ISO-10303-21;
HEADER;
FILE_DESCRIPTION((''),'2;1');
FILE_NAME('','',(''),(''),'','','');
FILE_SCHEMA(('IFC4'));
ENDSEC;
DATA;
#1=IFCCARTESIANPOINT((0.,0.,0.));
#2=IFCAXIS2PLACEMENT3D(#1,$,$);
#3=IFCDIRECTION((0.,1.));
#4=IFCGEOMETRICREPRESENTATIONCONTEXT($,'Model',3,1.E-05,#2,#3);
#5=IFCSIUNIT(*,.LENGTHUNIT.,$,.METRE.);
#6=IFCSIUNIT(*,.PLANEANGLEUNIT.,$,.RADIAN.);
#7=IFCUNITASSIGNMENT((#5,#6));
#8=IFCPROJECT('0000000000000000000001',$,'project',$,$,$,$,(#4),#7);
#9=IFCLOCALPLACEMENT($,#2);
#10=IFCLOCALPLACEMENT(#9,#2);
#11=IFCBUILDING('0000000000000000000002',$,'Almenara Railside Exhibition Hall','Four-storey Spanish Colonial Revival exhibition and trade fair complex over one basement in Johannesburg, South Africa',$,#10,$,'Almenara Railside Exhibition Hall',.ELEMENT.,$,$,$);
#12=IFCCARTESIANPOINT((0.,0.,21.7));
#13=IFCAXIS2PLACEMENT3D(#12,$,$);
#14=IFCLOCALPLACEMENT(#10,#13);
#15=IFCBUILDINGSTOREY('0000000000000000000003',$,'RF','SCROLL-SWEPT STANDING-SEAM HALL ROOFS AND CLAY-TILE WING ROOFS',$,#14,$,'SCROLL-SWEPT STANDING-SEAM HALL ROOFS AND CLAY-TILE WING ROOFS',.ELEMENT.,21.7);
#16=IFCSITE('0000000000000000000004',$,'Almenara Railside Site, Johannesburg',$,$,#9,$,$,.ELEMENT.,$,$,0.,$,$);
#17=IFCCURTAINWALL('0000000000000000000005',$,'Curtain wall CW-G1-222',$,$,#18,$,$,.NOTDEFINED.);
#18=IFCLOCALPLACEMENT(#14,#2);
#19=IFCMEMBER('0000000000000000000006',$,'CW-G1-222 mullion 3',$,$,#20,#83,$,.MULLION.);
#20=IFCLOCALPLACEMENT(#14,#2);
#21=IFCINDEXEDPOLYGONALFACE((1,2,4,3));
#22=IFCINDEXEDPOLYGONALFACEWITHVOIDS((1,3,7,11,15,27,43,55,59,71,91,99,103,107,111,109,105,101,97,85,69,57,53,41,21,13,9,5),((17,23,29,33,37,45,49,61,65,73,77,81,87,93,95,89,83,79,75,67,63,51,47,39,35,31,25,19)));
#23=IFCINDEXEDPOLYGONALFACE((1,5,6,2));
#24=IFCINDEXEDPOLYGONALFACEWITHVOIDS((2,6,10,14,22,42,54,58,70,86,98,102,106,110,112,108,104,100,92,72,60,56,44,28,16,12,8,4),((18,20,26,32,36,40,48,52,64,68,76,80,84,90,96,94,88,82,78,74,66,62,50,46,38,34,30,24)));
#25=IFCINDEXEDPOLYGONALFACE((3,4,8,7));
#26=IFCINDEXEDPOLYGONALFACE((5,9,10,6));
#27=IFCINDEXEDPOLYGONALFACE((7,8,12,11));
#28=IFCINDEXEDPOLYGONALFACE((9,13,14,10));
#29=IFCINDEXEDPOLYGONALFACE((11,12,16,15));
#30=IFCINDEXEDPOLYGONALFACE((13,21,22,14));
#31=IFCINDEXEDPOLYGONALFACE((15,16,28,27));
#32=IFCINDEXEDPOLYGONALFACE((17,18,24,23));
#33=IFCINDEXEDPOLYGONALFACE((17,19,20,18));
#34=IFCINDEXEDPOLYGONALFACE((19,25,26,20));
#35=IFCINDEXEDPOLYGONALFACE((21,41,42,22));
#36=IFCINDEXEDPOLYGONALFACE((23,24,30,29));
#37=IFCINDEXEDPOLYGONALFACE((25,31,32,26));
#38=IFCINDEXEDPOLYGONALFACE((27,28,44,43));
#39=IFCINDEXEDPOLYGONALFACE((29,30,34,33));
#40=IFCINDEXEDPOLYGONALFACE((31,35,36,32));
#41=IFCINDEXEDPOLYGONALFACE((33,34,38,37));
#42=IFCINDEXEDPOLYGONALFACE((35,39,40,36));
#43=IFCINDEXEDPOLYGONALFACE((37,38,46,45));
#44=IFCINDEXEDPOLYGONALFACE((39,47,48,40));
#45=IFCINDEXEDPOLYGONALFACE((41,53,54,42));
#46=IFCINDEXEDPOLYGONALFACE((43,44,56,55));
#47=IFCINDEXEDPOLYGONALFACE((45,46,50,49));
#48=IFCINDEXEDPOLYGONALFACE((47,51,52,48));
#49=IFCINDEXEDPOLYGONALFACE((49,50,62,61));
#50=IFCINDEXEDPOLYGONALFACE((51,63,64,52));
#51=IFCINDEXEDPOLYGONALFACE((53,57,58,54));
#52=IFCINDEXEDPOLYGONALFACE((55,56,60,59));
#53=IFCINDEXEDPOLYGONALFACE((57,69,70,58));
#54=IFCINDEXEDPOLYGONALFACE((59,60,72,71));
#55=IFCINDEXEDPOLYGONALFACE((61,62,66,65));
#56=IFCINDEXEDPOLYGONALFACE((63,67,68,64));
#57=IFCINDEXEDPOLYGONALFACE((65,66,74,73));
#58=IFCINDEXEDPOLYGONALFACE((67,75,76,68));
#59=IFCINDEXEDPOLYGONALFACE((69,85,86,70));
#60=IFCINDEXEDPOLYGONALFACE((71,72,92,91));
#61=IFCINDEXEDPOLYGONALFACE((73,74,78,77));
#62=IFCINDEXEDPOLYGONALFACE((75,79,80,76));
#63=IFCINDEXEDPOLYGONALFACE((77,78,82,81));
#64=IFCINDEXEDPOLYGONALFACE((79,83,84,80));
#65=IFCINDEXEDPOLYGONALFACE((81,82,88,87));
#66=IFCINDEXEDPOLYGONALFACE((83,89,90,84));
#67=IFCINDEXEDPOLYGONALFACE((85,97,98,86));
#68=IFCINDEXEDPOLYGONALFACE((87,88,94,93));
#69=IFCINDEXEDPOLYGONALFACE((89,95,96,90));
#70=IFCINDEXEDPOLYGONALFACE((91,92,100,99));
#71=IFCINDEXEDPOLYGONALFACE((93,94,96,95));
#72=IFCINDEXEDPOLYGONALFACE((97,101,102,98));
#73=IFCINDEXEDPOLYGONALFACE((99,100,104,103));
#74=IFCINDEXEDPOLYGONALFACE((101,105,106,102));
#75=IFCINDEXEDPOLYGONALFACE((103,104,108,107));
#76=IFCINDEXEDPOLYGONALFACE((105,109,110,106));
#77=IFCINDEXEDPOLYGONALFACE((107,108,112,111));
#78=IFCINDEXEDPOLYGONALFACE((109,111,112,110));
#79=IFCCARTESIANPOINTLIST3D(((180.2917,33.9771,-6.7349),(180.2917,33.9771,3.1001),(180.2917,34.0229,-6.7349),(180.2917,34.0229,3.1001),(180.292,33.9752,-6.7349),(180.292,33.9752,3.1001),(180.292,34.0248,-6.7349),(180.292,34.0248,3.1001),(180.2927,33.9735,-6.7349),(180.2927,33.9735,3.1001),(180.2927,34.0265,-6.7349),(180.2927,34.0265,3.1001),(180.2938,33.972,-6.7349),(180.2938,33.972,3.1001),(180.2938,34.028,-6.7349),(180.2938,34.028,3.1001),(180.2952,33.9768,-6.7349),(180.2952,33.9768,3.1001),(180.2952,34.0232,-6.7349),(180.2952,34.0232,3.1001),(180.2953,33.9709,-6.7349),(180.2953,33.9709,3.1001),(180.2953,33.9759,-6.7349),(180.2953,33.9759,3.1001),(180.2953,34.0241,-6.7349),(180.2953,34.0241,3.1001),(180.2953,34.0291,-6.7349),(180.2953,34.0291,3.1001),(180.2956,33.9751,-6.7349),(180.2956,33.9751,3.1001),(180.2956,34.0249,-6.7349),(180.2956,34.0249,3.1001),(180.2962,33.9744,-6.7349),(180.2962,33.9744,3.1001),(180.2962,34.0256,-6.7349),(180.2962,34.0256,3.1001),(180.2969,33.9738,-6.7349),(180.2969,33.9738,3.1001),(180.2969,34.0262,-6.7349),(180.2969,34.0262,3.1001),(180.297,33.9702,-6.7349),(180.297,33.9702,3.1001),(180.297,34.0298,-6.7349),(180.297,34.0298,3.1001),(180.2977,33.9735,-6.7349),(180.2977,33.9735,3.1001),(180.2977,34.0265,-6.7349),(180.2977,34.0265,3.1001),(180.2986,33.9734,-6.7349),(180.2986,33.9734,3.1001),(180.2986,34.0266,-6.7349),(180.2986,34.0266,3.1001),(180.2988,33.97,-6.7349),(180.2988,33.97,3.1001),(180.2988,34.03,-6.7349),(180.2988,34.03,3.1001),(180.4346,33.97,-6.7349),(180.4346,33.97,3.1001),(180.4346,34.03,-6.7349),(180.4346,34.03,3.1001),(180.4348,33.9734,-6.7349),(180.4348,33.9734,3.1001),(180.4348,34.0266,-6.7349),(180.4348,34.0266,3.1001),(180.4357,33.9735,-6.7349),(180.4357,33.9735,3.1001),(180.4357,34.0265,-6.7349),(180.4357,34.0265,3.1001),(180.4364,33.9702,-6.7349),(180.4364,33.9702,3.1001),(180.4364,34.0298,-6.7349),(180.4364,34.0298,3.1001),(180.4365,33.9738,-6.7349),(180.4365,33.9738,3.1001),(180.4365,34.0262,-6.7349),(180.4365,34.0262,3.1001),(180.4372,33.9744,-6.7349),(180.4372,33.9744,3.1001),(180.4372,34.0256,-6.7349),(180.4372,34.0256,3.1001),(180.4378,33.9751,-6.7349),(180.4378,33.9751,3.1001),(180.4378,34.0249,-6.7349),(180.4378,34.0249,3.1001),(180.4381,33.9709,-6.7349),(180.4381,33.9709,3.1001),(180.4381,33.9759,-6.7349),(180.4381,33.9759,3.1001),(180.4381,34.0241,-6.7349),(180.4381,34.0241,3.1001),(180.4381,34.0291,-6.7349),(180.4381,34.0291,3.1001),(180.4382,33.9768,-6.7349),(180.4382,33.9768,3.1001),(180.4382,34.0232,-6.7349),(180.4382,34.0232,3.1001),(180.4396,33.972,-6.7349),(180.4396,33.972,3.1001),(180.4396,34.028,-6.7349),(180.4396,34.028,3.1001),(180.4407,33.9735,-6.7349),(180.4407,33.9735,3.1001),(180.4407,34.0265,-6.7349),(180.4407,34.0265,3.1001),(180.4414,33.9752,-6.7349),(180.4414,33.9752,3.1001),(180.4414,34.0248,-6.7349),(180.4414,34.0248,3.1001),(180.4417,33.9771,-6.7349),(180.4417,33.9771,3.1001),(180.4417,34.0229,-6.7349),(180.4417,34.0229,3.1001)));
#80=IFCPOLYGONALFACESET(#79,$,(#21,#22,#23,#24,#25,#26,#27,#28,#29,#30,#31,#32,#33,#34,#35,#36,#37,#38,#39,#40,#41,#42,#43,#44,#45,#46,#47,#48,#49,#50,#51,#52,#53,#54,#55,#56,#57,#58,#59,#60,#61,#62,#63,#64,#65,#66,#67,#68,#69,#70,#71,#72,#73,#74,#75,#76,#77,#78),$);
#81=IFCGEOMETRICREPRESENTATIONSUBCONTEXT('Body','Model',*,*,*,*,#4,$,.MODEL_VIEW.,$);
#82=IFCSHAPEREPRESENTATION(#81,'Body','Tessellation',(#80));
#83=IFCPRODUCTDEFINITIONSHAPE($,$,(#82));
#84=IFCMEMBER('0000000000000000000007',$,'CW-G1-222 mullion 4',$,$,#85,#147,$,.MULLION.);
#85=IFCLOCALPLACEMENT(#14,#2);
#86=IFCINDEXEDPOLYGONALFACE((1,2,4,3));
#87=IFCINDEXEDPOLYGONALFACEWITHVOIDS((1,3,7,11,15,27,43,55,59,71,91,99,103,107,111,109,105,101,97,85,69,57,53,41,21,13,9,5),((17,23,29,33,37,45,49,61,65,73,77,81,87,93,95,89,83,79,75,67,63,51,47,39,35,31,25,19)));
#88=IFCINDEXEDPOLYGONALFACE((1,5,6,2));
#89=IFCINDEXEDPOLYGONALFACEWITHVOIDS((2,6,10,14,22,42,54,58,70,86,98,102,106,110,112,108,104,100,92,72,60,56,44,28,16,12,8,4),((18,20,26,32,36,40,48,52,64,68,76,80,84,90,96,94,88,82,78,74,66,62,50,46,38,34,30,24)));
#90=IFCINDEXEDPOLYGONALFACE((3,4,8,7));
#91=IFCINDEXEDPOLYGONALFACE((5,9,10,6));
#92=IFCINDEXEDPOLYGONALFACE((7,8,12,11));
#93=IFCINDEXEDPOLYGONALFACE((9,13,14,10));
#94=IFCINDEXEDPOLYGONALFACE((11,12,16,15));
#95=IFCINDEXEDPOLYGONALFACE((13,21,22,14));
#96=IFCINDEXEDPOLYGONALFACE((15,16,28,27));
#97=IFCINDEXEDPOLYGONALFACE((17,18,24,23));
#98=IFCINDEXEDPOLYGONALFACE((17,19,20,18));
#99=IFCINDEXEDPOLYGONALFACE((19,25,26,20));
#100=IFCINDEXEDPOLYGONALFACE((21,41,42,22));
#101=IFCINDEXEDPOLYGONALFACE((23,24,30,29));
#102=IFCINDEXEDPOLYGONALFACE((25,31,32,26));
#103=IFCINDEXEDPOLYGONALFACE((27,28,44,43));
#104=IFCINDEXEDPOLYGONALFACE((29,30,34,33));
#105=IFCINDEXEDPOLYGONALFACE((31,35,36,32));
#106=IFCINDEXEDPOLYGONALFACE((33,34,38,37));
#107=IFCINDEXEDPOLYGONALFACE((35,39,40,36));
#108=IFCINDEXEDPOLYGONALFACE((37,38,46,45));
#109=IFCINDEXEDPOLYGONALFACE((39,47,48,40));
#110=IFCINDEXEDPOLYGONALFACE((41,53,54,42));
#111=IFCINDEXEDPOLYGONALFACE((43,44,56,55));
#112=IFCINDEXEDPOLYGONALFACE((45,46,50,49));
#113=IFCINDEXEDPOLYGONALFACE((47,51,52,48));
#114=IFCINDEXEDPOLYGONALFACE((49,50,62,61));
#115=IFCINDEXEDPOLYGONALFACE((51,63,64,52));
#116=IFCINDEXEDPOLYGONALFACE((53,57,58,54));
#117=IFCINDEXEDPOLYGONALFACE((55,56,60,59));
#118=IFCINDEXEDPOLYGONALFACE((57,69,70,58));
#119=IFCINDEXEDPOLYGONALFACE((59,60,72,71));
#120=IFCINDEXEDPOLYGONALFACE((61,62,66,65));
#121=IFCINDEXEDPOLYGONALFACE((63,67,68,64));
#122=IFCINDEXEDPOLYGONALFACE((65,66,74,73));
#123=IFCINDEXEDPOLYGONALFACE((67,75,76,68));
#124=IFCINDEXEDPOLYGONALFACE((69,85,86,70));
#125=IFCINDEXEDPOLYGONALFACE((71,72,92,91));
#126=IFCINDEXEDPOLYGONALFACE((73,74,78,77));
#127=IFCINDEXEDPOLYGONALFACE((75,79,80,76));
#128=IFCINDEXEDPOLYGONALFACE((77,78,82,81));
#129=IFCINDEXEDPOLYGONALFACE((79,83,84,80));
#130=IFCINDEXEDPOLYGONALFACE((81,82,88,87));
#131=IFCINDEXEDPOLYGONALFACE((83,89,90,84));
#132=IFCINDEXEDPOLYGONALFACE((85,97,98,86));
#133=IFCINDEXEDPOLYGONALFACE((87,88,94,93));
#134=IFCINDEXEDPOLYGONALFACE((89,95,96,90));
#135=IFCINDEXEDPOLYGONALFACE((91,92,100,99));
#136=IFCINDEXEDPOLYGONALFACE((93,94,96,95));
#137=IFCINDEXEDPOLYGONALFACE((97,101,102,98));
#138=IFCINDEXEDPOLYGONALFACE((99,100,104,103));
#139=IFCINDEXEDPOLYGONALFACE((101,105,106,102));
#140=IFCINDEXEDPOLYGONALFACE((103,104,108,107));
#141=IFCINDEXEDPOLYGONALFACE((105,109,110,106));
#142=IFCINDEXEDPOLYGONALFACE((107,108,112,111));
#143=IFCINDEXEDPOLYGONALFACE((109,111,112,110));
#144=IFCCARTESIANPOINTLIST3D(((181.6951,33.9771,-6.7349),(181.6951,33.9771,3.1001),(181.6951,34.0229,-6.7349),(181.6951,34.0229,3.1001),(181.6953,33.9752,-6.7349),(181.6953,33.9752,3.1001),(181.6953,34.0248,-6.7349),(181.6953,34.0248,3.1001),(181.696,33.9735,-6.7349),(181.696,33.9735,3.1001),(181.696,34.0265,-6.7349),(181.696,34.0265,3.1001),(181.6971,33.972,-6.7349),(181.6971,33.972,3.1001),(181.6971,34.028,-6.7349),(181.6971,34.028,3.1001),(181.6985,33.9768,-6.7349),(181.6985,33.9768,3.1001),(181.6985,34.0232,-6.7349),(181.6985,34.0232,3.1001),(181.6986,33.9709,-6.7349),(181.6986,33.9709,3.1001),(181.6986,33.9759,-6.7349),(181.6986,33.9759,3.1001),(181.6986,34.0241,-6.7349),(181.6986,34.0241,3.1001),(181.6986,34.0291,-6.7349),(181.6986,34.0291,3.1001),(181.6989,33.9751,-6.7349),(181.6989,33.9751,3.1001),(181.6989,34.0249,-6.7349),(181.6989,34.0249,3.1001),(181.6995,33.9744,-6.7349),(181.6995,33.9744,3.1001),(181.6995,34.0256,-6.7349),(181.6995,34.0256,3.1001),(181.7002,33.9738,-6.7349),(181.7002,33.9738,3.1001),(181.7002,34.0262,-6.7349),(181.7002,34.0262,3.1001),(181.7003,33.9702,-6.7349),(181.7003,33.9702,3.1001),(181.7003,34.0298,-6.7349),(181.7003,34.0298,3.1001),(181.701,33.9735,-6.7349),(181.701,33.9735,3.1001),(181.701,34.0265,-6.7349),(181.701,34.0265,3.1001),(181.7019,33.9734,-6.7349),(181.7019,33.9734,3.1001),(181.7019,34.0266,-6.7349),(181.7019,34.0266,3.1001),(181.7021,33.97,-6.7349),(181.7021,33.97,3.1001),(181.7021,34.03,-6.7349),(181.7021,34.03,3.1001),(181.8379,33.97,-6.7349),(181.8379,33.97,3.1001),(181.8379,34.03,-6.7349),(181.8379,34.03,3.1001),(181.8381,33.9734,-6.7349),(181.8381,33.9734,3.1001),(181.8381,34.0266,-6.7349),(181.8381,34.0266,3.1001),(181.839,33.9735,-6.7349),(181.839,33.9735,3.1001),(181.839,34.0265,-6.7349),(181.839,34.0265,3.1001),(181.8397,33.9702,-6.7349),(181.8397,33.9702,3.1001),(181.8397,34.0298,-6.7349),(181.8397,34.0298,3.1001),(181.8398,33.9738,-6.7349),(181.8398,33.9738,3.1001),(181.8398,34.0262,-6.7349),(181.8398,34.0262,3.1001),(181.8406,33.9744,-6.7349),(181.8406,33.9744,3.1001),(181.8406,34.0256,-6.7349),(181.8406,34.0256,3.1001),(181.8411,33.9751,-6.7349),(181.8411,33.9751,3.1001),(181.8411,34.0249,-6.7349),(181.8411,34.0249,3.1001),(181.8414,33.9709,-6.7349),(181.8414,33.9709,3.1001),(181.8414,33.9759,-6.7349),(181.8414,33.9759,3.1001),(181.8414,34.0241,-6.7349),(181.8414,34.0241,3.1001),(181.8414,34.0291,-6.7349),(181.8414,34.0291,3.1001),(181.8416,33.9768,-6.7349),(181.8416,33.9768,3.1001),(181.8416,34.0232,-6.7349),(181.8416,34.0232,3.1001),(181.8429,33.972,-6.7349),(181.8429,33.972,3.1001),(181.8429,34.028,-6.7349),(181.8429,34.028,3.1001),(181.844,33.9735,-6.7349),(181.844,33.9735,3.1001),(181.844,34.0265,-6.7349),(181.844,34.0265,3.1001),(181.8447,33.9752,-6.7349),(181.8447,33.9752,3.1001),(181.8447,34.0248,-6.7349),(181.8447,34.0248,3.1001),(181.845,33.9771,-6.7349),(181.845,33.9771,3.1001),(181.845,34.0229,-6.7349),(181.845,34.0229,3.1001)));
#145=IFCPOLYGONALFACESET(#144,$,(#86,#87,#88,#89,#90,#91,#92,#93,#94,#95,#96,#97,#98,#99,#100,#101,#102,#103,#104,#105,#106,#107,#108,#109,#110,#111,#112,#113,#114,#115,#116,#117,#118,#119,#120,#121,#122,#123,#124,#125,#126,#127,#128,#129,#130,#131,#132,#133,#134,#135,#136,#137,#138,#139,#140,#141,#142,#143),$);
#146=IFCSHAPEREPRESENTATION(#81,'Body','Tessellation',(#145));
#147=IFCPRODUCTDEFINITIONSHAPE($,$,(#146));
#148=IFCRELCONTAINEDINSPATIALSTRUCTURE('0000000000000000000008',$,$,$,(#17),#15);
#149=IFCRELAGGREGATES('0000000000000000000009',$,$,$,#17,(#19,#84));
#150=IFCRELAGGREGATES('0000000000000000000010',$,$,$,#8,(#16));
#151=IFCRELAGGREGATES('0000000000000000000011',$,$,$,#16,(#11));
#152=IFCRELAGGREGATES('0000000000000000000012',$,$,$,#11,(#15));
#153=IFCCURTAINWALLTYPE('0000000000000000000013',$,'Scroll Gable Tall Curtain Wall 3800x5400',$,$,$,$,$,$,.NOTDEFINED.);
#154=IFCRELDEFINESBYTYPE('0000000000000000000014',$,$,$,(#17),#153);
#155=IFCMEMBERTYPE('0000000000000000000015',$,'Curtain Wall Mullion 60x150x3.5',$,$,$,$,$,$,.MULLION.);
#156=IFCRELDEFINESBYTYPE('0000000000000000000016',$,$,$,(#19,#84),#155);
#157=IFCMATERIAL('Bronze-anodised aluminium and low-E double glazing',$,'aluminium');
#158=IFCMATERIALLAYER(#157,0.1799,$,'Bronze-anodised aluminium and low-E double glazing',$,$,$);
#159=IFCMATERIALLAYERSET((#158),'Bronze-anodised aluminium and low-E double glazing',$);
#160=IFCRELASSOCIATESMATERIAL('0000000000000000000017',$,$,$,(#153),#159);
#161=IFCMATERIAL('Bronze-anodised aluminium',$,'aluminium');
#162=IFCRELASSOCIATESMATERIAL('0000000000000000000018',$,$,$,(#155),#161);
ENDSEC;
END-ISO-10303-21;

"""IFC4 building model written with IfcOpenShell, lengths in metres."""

from ifc_helpers import new_model, si_unit, direction, frame, origin, origin_2d, place, context, subcontext, project, spatial, hollow_rectangle, extrude, material, layer, layer_set, material_profile, profile_set, type_object, element, aggregate, save


model = new_model("IFC4")

# Units and contexts
model_context = context("Model", 3, precision=1e-05, world=origin(), true_north=direction((0.0, 1.0)))
body_context = subcontext(model_context, "Body", "Model", "MODEL_VIEW")
ifc_project = project(units=[si_unit("LENGTHUNIT", "METRE"), si_unit("PLANEANGLEUNIT", "RADIAN")], contexts=[model_context])

# Site, building, storey
site_placement = place(None, origin())
site = spatial("IfcSite", under=ifc_project, at=site_placement, Name="Almenara Railside Site, Johannesburg", CompositionType="ELEMENT", RefElevation=0.0)
building_placement = place(site_placement, origin())
building = spatial("IfcBuilding", under=site, at=building_placement, Name="Almenara Railside Exhibition Hall", Description="Four-storey Spanish Colonial Revival exhibition and trade fair complex over one basement in Johannesburg, South Africa", LongName="Almenara Railside Exhibition Hall", CompositionType="ELEMENT")
storey_placement = place(building_placement, frame((0.0, 0.0, 21.7)))
storey = spatial("IfcBuildingStorey", under=building, at=storey_placement, Name="RF", Description="SCROLL-SWEPT STANDING-SEAM HALL ROOFS AND CLAY-TILE WING ROOFS", LongName="SCROLL-SWEPT STANDING-SEAM HALL ROOFS AND CLAY-TILE WING ROOFS", CompositionType="ELEMENT", Elevation=21.7)

# Curtain wall, members
ifc_material_1 = material(Name="Bronze-anodised aluminium and low-E double glazing", Category="aluminium")
ifc_layer_1 = layer(ifc_material_1, 0.1799, Name="Bronze-anodised aluminium and low-E double glazing")
ifc_layer_set_1 = layer_set([ifc_layer_1], Name="Bronze-anodised aluminium and low-E double glazing")
curtain_wall_type = type_object("IfcCurtainWallType", Name="Scroll Gable Tall Curtain Wall 3800x5400", PredefinedType="NOTDEFINED", material=ifc_layer_set_1)
curtain_wall_1_placement = place(storey_placement, origin())
curtain_wall_1 = element("IfcCurtainWall", 1, at=curtain_wall_1_placement, inside=storey, type_object=curtain_wall_type, Name="Curtain wall CW-G1-222", PredefinedType="NOTDEFINED")
ifc_material_2 = material(Name="Bronze-anodised aluminium", Category="aluminium")
ifc_material_profile_1 = material_profile(ifc_material_2, hollow_rectangle(XDim=0.0601, YDim=0.1499, WallThickness=0.0034, InnerFilletRadius=0.0034, OuterFilletRadius=0.0071, at=origin_2d()), Name="ALU-MUL 60x150x3.5")
ifc_profile_set_1 = profile_set([ifc_material_profile_1], Name="Bronze-anodised aluminium")
member_type_1 = type_object("IfcMemberType", Name="Curtain Wall Mullion 60x150x3.5", PredefinedType="MULLION", material=ifc_profile_set_1)
member_1_placement = place(storey_placement, frame((180.3667, 34.0, -6.7349), z_axis=(0.0, 0.0, 1.0), x_axis=(0.0, 1.0, 0.0)))
member_1 = element("IfcMember", 2, at=member_1_placement, type_object=member_type_1, Name="CW-G1-222 mullion 3", PredefinedType="MULLION", context=body_context, shape_type="SweptSolid", body=[
    extrude(hollow_rectangle(XDim=0.0601, YDim=0.1499, WallThickness=0.0034, InnerFilletRadius=0.0034, OuterFilletRadius=0.0071, at=origin_2d()), origin(), (0.0, 0.0, 1.0), 9.835),
])
member_2_placement = place(storey_placement, frame((181.77, 34.0, -6.7349), z_axis=(0.0, 0.0, 1.0), x_axis=(0.0, 1.0, 0.0)))
member_2 = element("IfcMember", 3, at=member_2_placement, type_object=member_type_1, Name="CW-G1-222 mullion 4", PredefinedType="MULLION", context=body_context, shape_type="SweptSolid", body=[
    extrude(hollow_rectangle(XDim=0.0601, YDim=0.1499, WallThickness=0.0034, InnerFilletRadius=0.0034, OuterFilletRadius=0.0071, at=origin_2d()), origin(), (0.0, 0.0, 1.0), 9.835),
])

aggregate(curtain_wall_1, [member_1, member_2])

save(model, "model.ifc")
